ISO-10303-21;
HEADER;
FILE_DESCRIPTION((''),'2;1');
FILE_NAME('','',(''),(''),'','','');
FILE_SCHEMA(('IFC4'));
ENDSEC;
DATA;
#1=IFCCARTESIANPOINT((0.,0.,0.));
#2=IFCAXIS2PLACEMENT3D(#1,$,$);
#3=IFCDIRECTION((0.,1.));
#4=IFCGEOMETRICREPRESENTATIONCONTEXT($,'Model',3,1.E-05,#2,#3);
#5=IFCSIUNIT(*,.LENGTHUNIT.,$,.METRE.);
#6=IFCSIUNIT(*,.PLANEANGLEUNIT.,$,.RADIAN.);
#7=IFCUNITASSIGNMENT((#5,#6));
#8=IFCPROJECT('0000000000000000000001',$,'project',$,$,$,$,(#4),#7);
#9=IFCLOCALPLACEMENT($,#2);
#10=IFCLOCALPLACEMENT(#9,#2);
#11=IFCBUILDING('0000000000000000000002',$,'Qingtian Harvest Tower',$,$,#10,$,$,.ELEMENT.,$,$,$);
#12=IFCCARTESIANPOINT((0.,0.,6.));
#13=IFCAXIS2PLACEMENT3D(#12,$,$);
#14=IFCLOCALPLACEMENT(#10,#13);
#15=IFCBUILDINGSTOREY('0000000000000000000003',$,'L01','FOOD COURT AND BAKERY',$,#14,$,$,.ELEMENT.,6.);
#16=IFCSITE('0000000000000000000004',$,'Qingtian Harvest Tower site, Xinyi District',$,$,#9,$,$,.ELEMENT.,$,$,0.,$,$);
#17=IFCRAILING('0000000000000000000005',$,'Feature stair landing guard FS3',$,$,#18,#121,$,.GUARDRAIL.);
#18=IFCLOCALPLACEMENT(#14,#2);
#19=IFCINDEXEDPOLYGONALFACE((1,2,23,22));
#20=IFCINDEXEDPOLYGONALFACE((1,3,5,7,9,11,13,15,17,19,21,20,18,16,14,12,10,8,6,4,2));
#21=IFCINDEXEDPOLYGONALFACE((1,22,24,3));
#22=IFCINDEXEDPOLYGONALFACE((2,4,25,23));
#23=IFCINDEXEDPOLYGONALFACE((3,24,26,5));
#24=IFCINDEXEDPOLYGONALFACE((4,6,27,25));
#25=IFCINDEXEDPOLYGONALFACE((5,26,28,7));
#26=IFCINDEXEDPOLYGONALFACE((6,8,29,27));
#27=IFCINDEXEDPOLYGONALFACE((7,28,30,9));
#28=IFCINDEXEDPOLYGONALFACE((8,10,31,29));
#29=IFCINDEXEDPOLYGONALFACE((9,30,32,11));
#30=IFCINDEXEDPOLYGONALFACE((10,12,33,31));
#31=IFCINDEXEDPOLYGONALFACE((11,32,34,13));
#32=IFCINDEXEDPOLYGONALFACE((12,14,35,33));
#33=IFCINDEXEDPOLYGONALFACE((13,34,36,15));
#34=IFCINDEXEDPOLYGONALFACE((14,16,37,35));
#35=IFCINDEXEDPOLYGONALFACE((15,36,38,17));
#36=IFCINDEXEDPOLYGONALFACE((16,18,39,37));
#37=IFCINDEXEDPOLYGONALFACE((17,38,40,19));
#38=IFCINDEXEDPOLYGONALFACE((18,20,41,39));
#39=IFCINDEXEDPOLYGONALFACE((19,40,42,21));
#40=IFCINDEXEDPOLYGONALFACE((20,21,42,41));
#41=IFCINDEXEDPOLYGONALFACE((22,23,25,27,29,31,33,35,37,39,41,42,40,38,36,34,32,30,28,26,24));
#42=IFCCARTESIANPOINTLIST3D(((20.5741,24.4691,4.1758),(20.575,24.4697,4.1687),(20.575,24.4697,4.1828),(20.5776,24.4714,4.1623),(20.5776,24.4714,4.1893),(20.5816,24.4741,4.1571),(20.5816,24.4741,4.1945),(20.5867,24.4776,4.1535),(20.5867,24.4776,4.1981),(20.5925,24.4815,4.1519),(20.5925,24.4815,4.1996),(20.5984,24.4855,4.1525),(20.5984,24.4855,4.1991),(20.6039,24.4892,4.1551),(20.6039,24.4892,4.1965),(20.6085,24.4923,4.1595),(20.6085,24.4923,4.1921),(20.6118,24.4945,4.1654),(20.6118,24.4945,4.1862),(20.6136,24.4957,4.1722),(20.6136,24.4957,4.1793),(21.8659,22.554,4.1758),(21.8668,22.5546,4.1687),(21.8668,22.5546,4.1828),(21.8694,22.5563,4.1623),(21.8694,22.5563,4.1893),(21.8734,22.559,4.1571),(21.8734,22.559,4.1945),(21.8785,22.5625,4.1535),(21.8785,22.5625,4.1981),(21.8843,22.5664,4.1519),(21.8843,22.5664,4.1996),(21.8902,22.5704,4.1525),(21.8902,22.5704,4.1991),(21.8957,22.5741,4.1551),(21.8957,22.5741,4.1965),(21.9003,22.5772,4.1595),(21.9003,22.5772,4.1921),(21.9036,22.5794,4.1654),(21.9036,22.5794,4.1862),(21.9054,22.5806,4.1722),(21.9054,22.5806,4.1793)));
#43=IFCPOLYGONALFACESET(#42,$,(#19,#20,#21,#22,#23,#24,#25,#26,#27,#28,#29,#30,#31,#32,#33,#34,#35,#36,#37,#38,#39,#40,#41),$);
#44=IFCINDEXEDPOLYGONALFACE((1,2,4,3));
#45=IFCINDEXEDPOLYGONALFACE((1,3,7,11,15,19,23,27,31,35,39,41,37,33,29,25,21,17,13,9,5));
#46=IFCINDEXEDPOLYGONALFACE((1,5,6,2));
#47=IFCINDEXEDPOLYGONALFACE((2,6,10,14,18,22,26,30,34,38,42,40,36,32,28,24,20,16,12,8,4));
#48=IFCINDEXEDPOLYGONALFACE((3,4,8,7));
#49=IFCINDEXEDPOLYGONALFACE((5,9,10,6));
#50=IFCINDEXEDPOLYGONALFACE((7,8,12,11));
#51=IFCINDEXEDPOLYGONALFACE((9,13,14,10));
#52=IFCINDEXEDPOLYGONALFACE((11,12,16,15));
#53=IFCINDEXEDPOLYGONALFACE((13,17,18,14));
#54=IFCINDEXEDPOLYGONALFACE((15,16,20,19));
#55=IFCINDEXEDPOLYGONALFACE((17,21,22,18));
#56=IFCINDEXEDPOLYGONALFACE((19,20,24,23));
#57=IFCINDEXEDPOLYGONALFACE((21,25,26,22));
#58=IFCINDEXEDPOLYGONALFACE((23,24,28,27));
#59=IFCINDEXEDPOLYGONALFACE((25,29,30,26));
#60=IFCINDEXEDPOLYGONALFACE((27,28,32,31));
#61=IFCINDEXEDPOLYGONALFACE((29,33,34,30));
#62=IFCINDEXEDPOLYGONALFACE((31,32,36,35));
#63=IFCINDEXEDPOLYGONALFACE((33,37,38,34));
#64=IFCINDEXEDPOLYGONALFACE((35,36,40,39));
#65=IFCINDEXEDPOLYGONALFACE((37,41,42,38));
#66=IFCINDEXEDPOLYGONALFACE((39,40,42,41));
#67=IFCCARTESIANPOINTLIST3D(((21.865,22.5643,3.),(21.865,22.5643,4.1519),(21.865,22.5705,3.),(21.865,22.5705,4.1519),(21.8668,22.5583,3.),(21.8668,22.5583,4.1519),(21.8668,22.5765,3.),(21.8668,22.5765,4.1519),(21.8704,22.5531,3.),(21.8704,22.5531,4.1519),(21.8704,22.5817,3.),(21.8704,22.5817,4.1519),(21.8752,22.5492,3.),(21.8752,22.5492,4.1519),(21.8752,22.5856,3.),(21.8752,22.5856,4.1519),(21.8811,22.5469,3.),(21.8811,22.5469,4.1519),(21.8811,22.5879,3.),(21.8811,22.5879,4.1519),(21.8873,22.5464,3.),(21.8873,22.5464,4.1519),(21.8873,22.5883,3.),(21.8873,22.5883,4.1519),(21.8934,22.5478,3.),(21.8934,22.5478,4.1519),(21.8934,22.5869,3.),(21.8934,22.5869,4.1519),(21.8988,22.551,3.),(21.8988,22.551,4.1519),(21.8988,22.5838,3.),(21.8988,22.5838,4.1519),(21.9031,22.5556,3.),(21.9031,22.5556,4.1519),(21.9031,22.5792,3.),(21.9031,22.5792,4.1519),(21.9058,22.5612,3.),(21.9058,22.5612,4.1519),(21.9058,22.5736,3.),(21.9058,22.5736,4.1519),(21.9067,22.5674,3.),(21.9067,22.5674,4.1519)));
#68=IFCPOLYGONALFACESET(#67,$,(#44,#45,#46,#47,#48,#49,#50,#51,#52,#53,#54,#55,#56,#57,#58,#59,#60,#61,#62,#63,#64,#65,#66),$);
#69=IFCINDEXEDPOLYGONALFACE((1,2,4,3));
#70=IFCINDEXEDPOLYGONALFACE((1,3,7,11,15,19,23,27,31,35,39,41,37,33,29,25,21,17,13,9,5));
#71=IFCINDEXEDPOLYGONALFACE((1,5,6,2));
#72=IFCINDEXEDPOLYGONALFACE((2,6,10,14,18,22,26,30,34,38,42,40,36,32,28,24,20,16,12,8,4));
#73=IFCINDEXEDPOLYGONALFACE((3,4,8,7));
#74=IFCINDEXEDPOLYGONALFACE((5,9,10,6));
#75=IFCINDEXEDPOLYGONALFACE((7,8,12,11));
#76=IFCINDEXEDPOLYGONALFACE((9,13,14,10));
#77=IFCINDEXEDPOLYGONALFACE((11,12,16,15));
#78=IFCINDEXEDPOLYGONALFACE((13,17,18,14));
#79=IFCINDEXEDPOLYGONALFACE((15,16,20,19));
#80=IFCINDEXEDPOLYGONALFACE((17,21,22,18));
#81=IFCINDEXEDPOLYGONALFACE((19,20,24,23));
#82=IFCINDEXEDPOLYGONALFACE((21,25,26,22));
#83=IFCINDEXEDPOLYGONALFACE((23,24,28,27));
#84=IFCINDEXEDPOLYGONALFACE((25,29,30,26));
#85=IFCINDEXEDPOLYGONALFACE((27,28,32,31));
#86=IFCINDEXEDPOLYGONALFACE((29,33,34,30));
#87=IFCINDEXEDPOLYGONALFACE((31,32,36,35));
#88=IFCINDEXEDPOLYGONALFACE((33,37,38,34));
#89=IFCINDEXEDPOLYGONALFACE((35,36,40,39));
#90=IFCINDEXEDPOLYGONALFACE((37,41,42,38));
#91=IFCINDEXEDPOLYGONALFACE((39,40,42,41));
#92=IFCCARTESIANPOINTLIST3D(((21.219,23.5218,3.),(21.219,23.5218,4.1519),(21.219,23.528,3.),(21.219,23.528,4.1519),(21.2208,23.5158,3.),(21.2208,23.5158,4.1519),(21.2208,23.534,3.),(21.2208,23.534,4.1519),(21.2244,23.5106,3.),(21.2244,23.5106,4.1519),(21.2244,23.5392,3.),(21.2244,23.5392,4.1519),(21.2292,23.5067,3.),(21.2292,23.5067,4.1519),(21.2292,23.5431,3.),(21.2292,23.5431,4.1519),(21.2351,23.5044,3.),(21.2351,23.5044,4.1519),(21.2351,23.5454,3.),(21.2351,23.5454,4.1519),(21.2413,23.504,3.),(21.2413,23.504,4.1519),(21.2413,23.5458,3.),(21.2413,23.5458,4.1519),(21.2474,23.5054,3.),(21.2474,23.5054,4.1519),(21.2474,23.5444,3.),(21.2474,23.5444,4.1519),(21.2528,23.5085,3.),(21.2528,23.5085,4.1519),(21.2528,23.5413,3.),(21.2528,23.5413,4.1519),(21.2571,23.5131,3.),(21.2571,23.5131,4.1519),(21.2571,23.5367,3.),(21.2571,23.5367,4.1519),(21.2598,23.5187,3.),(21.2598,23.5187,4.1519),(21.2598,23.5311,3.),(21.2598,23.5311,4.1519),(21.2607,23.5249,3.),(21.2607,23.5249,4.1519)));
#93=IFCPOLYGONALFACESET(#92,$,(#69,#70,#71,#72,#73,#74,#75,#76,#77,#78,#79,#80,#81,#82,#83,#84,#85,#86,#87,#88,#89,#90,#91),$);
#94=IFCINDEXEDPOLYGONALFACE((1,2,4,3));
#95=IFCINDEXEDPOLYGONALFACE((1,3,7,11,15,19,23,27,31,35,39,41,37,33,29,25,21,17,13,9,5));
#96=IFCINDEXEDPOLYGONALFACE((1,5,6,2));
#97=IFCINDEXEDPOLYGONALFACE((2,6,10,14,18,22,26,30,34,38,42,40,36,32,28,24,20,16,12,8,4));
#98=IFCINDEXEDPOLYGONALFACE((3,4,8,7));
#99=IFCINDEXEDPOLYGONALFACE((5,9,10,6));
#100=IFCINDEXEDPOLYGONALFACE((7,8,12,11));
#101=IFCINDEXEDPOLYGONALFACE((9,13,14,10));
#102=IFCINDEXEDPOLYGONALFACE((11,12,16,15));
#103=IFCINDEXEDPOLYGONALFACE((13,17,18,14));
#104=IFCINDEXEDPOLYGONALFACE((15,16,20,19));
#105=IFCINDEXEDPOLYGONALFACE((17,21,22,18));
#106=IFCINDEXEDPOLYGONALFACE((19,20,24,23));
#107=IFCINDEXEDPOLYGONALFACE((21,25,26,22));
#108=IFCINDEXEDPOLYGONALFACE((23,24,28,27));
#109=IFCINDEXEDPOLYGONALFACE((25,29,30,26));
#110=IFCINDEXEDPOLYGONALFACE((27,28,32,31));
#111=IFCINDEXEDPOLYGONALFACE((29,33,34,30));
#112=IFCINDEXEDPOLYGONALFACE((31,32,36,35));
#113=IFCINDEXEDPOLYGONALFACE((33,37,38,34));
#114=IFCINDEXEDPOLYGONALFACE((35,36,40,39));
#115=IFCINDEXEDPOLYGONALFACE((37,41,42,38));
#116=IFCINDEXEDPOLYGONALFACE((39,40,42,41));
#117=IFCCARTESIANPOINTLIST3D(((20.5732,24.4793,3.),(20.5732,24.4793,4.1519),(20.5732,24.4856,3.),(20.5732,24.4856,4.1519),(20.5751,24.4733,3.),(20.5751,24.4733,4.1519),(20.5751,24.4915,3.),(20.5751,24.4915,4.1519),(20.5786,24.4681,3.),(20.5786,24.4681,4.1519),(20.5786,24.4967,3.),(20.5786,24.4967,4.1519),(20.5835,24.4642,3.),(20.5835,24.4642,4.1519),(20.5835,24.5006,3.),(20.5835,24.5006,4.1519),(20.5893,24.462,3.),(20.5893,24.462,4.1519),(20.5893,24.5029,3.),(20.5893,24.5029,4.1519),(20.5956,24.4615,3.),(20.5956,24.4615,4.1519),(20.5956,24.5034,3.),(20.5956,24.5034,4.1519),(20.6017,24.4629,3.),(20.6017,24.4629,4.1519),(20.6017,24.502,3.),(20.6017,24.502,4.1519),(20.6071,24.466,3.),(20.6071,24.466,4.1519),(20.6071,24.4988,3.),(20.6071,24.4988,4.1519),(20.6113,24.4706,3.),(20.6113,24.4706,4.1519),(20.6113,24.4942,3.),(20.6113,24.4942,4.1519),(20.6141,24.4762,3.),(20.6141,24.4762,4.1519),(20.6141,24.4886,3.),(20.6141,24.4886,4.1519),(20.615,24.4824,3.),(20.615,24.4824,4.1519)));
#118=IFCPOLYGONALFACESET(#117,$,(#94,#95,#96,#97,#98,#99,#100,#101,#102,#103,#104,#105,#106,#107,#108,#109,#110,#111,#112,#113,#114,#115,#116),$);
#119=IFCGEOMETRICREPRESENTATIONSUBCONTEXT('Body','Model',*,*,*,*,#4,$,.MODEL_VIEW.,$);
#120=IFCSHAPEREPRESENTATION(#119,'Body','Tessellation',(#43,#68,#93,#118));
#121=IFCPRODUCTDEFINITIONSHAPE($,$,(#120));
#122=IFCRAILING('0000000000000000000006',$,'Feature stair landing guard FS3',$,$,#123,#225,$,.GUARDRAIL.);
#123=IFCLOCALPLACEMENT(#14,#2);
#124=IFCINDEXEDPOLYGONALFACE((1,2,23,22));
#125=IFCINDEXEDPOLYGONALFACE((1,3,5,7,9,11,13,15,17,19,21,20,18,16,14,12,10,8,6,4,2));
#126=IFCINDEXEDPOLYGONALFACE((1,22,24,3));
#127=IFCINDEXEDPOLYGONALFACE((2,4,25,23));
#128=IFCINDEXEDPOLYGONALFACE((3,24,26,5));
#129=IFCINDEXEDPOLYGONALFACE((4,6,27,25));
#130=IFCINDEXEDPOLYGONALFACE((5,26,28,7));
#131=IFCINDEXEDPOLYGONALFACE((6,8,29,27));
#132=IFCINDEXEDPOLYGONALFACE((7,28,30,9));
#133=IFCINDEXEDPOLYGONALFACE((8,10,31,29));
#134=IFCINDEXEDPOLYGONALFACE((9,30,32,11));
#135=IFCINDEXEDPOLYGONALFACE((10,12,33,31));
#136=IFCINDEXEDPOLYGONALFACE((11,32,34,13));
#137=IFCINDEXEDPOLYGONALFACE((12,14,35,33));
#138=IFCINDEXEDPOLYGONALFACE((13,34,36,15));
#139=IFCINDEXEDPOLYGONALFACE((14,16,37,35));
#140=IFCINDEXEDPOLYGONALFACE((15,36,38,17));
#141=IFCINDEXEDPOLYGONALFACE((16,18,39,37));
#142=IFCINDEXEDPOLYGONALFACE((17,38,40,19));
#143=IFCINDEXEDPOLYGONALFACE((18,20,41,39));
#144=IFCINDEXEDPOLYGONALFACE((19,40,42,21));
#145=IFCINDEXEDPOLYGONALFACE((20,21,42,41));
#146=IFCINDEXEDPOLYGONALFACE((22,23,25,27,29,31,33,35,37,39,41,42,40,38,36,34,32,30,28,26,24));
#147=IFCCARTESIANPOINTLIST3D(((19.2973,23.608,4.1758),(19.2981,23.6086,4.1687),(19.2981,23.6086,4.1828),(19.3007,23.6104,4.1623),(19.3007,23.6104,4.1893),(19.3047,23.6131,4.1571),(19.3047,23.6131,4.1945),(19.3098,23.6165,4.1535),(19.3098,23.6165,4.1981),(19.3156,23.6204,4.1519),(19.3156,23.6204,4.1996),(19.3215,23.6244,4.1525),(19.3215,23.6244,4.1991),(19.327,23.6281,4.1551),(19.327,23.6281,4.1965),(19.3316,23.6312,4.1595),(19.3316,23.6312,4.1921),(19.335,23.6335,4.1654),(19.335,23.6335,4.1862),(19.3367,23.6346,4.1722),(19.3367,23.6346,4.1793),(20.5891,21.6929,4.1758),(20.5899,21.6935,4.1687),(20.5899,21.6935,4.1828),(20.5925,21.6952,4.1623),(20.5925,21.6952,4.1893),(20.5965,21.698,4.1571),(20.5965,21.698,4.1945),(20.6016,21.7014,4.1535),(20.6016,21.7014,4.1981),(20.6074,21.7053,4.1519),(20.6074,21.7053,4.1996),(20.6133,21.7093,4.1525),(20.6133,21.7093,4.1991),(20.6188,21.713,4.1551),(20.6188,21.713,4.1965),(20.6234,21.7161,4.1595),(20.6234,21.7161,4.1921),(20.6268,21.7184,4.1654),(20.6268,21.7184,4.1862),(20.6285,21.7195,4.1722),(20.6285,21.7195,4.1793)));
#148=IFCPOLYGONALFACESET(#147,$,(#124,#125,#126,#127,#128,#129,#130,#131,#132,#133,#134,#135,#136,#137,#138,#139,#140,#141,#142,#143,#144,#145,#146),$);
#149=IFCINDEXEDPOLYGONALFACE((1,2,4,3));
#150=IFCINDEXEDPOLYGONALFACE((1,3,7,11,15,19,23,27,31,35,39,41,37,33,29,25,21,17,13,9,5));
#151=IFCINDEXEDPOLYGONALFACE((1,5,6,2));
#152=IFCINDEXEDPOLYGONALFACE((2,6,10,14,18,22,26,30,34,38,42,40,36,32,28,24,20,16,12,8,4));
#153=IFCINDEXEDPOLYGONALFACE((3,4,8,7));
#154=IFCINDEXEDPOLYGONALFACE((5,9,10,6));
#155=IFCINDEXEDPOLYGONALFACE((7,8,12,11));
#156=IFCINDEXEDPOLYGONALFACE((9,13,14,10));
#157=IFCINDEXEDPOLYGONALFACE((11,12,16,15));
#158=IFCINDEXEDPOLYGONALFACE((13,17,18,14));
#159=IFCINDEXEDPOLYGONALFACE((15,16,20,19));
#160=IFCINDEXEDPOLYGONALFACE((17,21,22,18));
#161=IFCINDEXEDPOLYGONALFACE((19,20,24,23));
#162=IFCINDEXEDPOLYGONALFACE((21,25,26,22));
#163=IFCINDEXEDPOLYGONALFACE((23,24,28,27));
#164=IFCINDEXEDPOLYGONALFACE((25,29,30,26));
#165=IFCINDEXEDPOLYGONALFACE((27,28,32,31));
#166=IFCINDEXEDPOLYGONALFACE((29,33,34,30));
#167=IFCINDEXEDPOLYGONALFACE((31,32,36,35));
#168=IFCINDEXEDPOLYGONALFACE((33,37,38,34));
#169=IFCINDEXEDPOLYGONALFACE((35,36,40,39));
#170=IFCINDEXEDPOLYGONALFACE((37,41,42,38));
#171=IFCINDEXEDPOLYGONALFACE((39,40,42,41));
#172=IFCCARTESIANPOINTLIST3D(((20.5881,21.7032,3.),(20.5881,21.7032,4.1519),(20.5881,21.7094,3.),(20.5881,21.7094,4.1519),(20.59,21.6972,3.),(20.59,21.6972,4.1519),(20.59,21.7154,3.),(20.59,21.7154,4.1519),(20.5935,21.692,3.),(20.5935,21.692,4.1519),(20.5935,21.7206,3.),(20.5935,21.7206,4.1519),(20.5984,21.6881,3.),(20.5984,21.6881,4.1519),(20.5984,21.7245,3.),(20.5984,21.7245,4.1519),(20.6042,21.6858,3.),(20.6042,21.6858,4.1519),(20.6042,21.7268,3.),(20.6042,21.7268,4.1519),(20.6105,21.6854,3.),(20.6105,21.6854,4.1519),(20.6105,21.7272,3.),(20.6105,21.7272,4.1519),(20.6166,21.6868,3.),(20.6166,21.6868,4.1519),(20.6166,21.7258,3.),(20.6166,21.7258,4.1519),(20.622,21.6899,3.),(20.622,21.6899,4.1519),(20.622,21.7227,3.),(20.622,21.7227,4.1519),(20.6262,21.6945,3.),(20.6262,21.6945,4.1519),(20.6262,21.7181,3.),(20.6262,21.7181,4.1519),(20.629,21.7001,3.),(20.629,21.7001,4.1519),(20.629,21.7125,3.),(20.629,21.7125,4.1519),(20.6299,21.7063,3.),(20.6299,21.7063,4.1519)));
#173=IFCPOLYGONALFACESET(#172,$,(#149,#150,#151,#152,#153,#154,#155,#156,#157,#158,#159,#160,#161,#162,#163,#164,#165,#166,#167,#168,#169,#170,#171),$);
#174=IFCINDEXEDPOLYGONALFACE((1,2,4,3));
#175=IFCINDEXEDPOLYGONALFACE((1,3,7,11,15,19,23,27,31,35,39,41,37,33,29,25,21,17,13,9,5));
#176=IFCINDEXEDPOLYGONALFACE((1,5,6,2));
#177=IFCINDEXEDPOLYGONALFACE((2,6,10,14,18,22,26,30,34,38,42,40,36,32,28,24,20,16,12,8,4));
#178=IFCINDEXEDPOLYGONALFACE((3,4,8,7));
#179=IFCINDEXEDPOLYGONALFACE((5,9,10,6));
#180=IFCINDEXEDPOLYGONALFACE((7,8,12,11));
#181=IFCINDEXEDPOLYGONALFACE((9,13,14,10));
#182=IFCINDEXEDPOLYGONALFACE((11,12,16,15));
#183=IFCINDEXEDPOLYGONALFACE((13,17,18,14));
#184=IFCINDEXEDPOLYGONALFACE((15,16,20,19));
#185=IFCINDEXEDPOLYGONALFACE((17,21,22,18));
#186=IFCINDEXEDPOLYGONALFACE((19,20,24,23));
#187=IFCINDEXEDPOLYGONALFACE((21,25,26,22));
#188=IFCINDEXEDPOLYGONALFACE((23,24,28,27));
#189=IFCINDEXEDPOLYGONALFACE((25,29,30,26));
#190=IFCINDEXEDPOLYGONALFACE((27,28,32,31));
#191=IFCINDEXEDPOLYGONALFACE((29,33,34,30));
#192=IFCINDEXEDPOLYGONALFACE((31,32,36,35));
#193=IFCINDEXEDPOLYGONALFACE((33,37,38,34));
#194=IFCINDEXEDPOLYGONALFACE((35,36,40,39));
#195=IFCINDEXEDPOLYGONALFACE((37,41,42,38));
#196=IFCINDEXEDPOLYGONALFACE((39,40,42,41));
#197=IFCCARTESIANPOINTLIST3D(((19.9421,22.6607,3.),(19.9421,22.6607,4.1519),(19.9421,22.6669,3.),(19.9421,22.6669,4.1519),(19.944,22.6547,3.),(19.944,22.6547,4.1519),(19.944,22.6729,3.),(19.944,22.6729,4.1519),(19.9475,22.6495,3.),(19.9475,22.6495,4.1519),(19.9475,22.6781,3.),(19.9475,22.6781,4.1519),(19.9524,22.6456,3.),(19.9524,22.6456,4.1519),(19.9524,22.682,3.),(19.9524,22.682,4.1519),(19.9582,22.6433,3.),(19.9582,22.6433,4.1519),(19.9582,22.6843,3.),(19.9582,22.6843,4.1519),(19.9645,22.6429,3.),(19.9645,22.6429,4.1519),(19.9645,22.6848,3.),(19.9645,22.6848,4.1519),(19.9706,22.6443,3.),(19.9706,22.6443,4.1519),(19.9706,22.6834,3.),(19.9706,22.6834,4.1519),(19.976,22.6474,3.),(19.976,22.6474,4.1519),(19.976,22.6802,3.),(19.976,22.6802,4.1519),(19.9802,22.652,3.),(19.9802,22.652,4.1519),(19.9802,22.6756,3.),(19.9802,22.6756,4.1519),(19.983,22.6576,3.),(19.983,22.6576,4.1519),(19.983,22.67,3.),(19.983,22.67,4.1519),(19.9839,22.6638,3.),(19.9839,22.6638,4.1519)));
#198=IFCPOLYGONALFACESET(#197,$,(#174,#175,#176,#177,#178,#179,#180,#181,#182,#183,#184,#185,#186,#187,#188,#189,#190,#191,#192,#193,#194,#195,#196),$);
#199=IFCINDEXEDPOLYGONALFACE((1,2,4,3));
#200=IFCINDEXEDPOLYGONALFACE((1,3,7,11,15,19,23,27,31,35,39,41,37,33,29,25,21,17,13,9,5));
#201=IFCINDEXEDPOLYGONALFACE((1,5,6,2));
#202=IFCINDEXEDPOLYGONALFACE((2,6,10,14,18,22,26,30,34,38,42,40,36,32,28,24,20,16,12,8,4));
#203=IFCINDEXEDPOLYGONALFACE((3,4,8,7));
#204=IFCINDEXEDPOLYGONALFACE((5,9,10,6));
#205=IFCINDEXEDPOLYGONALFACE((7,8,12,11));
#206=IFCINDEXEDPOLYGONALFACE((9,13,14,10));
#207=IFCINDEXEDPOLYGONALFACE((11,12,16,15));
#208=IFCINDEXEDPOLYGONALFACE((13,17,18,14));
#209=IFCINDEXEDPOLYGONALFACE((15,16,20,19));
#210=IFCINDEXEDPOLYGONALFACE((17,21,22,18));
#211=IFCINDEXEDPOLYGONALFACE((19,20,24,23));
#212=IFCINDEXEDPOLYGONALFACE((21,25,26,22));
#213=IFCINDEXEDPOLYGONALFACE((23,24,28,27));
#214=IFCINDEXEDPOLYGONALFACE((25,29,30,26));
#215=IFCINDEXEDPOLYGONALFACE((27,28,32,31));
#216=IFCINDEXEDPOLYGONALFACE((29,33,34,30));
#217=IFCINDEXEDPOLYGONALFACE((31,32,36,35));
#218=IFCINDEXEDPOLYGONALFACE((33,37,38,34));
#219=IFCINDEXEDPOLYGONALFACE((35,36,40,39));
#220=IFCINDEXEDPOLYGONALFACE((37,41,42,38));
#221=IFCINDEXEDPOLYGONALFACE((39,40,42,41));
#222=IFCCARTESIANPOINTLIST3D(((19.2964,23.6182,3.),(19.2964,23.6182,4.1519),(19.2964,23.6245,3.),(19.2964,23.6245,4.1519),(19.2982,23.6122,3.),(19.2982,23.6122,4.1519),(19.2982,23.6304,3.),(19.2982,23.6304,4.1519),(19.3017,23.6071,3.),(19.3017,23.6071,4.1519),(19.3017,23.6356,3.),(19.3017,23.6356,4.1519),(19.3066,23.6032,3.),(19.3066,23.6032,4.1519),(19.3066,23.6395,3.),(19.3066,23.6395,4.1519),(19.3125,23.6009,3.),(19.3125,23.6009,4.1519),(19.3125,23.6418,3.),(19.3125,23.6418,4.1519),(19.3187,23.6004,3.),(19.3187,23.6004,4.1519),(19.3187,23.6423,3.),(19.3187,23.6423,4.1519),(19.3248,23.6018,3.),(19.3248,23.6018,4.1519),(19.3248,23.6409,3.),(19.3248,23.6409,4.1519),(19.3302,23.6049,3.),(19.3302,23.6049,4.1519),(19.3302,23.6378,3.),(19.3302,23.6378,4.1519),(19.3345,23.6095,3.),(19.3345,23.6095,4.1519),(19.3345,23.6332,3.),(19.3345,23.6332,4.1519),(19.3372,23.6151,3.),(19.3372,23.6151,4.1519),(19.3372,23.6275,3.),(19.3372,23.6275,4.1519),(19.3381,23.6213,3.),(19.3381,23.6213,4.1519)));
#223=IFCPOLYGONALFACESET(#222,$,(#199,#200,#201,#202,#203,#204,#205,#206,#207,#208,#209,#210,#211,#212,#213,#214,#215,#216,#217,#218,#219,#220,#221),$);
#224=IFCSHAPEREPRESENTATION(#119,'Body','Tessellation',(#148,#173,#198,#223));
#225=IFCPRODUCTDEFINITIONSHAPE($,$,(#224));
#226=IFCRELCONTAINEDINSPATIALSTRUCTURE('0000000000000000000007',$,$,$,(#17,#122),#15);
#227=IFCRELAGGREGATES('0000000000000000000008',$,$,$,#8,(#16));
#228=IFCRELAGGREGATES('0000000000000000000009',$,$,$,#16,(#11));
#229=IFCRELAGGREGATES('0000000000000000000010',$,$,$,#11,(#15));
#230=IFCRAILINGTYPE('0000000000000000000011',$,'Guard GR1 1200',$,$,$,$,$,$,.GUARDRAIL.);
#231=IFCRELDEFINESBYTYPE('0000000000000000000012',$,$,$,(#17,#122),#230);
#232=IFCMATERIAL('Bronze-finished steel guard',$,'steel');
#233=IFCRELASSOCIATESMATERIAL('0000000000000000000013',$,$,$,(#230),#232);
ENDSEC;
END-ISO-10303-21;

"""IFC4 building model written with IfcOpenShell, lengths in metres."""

from ifc_helpers import new_model, si_unit, direction, frame, origin, origin_2d, place, context, subcontext, project, spatial, circle, extrude, material, type_object, element, save


model = new_model("IFC4")

# Units and contexts
model_context = context("Model", 3, precision=1e-05, world=origin(), true_north=direction((0.0, 1.0)))
body_context = subcontext(model_context, "Body", "Model", "MODEL_VIEW")
ifc_project = project(units=[si_unit("LENGTHUNIT", "METRE"), si_unit("PLANEANGLEUNIT", "RADIAN")], contexts=[model_context])

# Site, building, storey
site_placement = place(None, origin())
site = spatial("IfcSite", under=ifc_project, at=site_placement, Name="Qingtian Harvest Tower site, Xinyi District", CompositionType="ELEMENT", RefElevation=0.0)
building_placement = place(site_placement, origin())
building = spatial("IfcBuilding", under=site, at=building_placement, Name="Qingtian Harvest Tower", CompositionType="ELEMENT")
storey_placement = place(building_placement, frame((0.0, 0.0, 6.0)))
storey = spatial("IfcBuildingStorey", under=building, at=storey_placement, Name="L01", Description="FOOD COURT AND BAKERY", CompositionType="ELEMENT", Elevation=6.0)

# Railings
ifc_material_1 = material(Name="Bronze-finished steel guard", Category="steel")
railing_type_1 = type_object("IfcRailingType", Name="Guard GR1 1200", PredefinedType="GUARDRAIL", material=ifc_material_1)
for number, where, name in (
    (1, (21.8857, 22.5674, 3.0), "Feature stair landing guard FS3"),
    (2, (20.6089, 21.7063, 3.0), "Feature stair landing guard FS3"),
):
    element("IfcRailing", number, at=place(storey_placement, frame(where)), inside=storey, type_object=railing_type_1, Name=name, PredefinedType="GUARDRAIL", context=body_context, shape_type="SweptSolid", body=[
        extrude(circle(Radius=0.0239, at=origin_2d()), frame((0.0, 0.0, 1.1758), z_axis=(-0.559204, 0.82903, 0.0), x_axis=(-0.82903, -0.559204, 0.0)), (0.0, 0.0, 1.0), 2.3101),
        extrude(circle(Radius=0.021, at=origin_2d()), origin(), (0.0, 0.0, 1.0), 1.1519),
        extrude(circle(Radius=0.021, at=origin_2d()), frame((-0.646, 0.9575, 0.0)), (0.0, 0.0, 1.0), 1.1519),
        extrude(circle(Radius=0.021, at=origin_2d()), frame((-1.2917, 1.915, 0.0)), (0.0, 0.0, 1.0), 1.1519),
    ])

save(model, "model.ifc")
